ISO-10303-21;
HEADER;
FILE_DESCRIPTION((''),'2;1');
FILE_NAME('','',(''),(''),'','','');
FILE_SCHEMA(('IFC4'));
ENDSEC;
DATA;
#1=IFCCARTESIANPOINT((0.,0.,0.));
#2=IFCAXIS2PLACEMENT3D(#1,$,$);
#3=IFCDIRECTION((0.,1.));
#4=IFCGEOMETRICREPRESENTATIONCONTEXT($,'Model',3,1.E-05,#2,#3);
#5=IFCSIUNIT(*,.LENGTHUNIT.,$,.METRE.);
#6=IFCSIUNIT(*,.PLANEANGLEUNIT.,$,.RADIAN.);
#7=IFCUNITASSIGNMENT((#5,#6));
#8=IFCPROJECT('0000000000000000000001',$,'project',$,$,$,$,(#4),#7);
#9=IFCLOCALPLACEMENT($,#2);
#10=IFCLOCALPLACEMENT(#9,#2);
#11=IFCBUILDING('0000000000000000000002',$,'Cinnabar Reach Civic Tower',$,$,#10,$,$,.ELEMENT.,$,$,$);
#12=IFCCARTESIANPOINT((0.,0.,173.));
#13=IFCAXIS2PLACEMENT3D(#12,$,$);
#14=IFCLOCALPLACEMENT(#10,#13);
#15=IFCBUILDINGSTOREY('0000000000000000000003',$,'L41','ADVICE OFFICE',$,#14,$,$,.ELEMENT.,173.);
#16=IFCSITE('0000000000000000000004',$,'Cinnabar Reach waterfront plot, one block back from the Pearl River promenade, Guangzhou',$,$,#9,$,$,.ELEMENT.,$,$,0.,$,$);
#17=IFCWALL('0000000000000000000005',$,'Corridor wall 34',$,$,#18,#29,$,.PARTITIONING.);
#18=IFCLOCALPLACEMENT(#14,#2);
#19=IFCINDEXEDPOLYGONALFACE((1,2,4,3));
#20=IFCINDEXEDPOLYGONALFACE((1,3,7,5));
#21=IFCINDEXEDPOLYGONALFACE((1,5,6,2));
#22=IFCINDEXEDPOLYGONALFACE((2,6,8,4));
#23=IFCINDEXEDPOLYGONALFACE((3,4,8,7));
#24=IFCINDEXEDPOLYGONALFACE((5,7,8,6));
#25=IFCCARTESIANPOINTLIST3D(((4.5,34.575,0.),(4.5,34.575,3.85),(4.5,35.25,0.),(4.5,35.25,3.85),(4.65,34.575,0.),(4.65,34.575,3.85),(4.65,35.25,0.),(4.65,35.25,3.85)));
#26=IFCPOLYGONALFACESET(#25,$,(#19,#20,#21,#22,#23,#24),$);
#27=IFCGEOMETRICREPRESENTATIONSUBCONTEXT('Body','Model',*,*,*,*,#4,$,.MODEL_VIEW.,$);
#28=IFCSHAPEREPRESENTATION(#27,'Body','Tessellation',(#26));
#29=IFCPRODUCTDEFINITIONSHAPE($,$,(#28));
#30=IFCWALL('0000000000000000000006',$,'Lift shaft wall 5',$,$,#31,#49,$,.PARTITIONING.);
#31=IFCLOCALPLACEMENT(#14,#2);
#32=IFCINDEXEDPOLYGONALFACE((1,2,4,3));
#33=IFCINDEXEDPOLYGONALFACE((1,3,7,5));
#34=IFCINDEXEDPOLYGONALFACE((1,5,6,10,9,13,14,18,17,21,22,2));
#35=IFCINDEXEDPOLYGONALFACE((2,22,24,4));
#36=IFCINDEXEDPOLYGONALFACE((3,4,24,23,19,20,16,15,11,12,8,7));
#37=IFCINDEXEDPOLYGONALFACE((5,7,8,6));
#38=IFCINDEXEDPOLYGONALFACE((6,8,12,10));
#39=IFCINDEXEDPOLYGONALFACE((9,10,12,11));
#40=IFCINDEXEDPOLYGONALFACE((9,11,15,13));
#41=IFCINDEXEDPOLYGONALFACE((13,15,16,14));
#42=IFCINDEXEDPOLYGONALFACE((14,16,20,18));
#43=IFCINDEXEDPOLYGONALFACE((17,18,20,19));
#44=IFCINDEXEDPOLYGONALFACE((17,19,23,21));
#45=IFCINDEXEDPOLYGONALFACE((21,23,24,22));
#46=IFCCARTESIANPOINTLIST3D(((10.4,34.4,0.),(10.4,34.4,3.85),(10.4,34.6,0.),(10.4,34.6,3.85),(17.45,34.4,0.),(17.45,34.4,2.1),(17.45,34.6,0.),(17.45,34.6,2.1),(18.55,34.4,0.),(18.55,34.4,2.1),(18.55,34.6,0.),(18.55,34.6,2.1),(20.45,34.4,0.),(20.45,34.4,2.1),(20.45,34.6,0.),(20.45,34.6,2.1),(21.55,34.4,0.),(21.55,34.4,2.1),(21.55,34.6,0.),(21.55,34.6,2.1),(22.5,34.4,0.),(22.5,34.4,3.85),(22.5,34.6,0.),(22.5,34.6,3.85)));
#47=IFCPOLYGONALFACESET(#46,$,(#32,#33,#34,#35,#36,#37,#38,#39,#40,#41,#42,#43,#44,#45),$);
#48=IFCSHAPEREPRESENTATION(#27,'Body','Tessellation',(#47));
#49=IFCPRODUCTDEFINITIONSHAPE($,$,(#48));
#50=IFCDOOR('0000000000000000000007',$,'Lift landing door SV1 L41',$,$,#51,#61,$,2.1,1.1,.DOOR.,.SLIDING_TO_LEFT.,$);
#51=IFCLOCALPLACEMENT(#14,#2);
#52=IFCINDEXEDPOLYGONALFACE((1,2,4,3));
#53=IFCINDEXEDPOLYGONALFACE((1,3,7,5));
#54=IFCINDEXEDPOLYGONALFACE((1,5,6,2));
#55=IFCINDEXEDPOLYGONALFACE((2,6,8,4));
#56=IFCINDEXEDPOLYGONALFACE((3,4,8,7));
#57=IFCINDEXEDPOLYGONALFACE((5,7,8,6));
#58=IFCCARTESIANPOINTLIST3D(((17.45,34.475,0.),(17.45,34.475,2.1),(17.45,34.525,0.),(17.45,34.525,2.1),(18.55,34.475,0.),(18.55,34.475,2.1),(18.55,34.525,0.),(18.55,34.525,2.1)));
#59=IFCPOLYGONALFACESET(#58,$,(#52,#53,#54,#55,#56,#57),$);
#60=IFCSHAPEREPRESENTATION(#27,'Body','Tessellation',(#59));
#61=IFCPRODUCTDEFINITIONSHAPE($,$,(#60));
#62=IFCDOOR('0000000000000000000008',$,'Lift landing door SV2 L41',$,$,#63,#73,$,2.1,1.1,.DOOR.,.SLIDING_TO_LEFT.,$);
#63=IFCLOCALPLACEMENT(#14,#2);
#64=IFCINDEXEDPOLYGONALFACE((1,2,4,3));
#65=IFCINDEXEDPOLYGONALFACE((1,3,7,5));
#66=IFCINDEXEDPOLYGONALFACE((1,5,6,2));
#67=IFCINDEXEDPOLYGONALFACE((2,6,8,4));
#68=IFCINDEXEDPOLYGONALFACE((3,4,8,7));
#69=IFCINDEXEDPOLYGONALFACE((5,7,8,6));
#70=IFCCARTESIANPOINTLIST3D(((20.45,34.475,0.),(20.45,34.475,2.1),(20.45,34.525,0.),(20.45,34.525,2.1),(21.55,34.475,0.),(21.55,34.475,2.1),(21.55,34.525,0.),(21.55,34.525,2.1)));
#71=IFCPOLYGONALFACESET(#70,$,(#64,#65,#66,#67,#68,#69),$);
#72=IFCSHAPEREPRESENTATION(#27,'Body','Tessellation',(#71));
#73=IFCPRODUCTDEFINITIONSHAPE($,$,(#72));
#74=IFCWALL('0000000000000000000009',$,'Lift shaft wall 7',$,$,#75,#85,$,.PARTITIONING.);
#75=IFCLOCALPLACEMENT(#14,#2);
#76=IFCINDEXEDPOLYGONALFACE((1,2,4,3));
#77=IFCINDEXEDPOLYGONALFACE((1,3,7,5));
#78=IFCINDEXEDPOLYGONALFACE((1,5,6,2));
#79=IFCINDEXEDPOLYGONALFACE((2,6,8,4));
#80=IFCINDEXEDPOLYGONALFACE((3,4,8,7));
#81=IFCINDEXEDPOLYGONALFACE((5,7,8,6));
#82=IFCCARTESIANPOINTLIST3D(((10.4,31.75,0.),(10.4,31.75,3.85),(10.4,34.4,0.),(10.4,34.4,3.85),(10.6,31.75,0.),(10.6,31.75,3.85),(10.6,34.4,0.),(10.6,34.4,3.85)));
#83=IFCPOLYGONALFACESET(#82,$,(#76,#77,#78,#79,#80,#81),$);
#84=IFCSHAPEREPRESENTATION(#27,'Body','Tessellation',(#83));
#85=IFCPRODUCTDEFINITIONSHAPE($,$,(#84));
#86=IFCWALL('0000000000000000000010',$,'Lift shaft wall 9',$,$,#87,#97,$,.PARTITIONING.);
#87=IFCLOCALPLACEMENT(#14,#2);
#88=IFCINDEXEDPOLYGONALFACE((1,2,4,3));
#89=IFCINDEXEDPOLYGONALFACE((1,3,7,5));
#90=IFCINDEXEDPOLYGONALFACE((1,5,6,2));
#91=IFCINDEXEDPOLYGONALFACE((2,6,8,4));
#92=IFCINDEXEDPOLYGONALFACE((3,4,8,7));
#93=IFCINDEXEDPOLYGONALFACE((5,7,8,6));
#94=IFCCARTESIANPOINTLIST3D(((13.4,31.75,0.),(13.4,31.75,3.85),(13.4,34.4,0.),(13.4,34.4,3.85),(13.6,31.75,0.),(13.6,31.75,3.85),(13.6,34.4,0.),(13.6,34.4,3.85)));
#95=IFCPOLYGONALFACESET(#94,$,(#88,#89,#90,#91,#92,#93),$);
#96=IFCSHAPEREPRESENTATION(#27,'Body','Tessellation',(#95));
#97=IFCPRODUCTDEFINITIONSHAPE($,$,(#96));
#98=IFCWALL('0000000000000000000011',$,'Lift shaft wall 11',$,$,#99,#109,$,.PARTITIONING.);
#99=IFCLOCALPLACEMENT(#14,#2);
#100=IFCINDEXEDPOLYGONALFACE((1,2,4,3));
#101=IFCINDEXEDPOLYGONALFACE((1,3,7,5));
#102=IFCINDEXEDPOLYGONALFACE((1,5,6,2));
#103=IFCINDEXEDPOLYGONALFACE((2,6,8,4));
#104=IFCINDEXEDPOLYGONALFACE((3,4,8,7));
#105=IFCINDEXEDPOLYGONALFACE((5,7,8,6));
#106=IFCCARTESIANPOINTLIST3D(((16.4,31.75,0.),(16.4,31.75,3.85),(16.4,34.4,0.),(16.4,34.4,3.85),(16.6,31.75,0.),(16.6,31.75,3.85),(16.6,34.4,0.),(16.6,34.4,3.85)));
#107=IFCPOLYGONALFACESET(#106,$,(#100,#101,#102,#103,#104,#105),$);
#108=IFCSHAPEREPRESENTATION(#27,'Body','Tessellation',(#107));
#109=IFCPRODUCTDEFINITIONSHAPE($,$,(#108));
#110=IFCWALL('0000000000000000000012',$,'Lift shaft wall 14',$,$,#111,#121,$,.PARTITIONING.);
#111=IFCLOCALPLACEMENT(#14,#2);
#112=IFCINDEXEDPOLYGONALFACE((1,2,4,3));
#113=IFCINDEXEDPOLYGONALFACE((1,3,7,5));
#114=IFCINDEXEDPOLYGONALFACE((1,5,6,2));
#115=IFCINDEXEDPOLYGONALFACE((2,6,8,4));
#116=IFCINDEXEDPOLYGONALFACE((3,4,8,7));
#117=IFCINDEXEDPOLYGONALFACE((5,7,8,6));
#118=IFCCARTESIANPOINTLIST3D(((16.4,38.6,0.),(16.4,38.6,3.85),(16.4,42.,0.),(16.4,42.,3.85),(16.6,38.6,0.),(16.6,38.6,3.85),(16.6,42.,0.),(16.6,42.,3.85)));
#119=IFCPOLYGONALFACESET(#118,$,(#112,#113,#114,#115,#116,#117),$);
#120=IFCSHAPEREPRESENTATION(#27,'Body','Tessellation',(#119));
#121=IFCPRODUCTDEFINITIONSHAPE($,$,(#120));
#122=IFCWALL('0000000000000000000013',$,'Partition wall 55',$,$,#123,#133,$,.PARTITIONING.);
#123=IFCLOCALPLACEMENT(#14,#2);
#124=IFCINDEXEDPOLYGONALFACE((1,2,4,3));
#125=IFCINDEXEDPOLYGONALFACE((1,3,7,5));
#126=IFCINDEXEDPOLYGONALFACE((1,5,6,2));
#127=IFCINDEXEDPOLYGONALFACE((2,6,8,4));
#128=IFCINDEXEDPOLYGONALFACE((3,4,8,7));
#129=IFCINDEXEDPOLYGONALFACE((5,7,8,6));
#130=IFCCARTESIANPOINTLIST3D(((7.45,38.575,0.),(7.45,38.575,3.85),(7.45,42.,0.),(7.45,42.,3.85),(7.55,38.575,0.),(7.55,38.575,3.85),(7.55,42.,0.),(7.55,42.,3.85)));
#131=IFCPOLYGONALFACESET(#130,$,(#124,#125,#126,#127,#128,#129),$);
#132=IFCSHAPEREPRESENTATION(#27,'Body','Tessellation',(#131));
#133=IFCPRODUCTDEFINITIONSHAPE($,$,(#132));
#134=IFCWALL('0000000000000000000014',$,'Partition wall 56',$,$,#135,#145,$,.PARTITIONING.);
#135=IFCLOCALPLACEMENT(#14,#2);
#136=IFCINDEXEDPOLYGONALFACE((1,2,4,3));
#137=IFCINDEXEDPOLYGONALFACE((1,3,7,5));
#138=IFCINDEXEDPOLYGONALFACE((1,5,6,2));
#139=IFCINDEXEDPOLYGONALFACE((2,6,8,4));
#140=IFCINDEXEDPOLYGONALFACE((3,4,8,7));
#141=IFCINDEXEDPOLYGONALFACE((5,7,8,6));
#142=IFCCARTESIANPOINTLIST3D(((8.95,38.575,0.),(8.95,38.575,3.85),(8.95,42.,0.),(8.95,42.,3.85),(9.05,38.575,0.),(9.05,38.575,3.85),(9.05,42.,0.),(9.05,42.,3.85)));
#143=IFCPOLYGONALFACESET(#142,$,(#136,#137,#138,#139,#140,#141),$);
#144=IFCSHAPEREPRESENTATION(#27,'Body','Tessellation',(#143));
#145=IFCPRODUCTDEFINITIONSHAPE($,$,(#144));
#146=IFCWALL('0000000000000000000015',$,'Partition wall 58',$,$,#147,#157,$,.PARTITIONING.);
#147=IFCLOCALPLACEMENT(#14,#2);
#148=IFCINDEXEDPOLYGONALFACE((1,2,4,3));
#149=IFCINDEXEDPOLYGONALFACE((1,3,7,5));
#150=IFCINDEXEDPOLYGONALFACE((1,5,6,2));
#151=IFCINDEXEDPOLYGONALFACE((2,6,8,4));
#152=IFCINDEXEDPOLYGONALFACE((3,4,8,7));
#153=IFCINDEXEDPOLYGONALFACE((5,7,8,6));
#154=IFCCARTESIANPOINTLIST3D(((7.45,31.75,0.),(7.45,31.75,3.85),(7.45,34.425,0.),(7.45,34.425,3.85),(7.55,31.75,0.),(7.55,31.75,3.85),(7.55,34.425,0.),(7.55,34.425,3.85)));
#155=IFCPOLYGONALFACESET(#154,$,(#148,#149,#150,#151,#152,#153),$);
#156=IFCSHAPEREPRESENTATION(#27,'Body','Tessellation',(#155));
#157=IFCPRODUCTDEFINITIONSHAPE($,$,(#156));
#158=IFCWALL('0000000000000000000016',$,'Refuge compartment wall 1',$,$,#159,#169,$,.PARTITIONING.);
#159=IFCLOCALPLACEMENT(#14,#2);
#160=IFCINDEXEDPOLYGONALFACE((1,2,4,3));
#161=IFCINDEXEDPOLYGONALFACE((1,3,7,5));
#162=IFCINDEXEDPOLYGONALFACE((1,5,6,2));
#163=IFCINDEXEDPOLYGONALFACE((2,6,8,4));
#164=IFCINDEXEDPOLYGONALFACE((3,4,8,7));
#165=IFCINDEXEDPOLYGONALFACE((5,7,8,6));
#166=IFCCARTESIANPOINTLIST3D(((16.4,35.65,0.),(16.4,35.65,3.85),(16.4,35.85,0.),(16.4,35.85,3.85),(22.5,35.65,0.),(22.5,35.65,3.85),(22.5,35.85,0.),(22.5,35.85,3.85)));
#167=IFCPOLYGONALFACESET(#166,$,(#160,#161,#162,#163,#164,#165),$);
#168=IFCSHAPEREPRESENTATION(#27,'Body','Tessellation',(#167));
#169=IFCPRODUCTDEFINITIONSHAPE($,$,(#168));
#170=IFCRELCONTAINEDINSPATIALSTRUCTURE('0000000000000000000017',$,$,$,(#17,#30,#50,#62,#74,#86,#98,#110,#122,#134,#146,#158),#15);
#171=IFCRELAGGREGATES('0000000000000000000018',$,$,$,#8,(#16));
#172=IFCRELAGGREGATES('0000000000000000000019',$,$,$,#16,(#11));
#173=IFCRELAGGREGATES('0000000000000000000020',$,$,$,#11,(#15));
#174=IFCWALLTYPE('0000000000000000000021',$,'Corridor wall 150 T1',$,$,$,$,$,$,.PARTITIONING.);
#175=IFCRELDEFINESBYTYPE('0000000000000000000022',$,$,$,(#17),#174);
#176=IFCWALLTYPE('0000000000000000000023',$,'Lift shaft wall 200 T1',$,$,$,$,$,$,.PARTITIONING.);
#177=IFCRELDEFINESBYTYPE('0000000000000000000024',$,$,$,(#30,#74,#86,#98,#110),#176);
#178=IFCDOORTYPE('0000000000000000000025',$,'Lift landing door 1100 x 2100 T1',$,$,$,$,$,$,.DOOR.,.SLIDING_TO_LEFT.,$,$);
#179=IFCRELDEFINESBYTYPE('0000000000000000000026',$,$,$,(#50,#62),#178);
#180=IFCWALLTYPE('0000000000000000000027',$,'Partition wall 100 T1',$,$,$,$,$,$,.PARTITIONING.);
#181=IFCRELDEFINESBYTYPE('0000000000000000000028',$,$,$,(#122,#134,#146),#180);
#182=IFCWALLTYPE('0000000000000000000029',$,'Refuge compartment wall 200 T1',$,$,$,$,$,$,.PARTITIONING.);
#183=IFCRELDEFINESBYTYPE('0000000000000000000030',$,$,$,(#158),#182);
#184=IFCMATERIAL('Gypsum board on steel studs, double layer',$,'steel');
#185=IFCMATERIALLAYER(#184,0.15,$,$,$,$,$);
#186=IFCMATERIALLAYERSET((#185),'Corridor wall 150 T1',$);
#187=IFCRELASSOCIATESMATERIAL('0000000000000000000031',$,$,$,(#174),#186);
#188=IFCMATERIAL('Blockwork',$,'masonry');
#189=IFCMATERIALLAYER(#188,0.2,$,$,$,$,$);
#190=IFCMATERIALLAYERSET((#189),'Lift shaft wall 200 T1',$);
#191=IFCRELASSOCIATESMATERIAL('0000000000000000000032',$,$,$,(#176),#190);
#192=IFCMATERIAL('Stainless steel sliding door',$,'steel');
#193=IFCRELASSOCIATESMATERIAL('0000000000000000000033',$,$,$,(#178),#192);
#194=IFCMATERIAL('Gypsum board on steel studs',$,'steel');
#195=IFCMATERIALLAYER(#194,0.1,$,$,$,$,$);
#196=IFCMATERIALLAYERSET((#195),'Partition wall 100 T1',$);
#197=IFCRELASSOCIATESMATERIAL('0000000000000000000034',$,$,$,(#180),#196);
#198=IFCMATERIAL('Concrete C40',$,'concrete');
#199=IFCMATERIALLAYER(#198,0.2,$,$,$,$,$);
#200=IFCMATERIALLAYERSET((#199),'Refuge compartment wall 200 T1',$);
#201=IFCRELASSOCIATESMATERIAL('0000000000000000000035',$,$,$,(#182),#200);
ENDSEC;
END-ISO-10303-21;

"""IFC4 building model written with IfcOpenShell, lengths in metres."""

from ifc_helpers import new_model, si_unit, direction, frame, frame_2d, origin, place, context, subcontext, project, spatial, rectangle, extrude, material, layer, layer_set, type_object, element, fill, save


model = new_model("IFC4")

# Units and contexts
model_context = context("Model", 3, precision=1e-05, world=origin(), true_north=direction((0.0, 1.0)))
body_context = subcontext(model_context, "Body", "Model", "MODEL_VIEW")
ifc_project = project(units=[si_unit("LENGTHUNIT", "METRE"), si_unit("PLANEANGLEUNIT", "RADIAN")], contexts=[model_context])

# Site, building, storey
site_placement = place(None, origin())
site = spatial("IfcSite", under=ifc_project, at=site_placement, Name="Cinnabar Reach waterfront plot, one block back from the Pearl River promenade, Guangzhou", CompositionType="ELEMENT", RefElevation=0.0)
building_placement = place(site_placement, origin())
building = spatial("IfcBuilding", under=site, at=building_placement, Name="Cinnabar Reach Civic Tower", CompositionType="ELEMENT")
storey_placement = place(building_placement, frame((0.0, 0.0, 173.0)))
storey = spatial("IfcBuildingStorey", under=building, at=storey_placement, Name="L41", Description="ADVICE OFFICE", CompositionType="ELEMENT", Elevation=173.0)

# Wall
ifc_material_1 = material(Name="Gypsum board on steel studs, double layer", Category="steel")
ifc_layer_1 = layer(ifc_material_1, 0.15)
ifc_layer_set_1 = layer_set([ifc_layer_1], Name="Corridor wall 150 T1")
wall_type_1 = type_object("IfcWallType", Name="Corridor wall 150 T1", PredefinedType="PARTITIONING", material=ifc_layer_set_1)
wall_1_placement = place(storey_placement, frame((4.575, 34.575, 0.0), z_axis=(0.0, 0.0, 1.0), x_axis=(0.0, 1.0, 0.0)))
element("IfcWall", 1, at=wall_1_placement, inside=storey, type_object=wall_type_1, Name="Corridor wall 34", PredefinedType="PARTITIONING", context=body_context, shape_type="SweptSolid", body=[
    extrude(rectangle(XDim=0.675, YDim=0.15, at=frame_2d((0.3375, 0.0))), origin(), (0.0, 0.0, 1.0), 3.85),
])

# Wall, openings, doors
ifc_material_2 = material(Name="Blockwork", Category="masonry")
ifc_layer_2 = layer(ifc_material_2, 0.2)
ifc_layer_set_2 = layer_set([ifc_layer_2], Name="Lift shaft wall 200 T1")
wall_type_2 = type_object("IfcWallType", Name="Lift shaft wall 200 T1", PredefinedType="PARTITIONING", material=ifc_layer_set_2)
wall_2_placement = place(storey_placement, frame((10.4, 34.5, 0.0), z_axis=(0.0, 0.0, 1.0), x_axis=(1.0, 0.0, 0.0)))
wall_2 = element("IfcWall", 2, at=wall_2_placement, inside=storey, type_object=wall_type_2, Name="Lift shaft wall 5", PredefinedType="PARTITIONING", context=body_context, shape_type="SweptSolid", body=[
    extrude(rectangle(XDim=12.1, YDim=0.2, at=frame_2d((6.05, 0.0))), origin(), (0.0, 0.0, 1.0), 3.85),
])
opening_1_placement = place(wall_2_placement, frame((7.05, 0.0, 0.0)))
opening_1 = element("IfcOpeningElement", 3, at=opening_1_placement, cuts=wall_2, PredefinedType="OPENING", context=body_context, shape_type="SweptSolid", body=[
    extrude(rectangle(XDim=1.1, YDim=2.1, at=frame_2d((0.55, 1.05))), frame((0.0, 0.11, 0.0), z_axis=(0.0, -1.0, 0.0), x_axis=(1.0, 0.0, 0.0)), (0.0, 0.0, 1.0), 0.22),
])
opening_2_placement = place(wall_2_placement, frame((10.05, 0.0, 0.0)))
opening_2 = element("IfcOpeningElement", 4, at=opening_2_placement, cuts=wall_2, PredefinedType="OPENING", context=body_context, shape_type="SweptSolid", body=[
    extrude(rectangle(XDim=1.1, YDim=2.1, at=frame_2d((0.55, 1.05))), frame((0.0, 0.11, 0.0), z_axis=(0.0, -1.0, 0.0), x_axis=(1.0, 0.0, 0.0)), (0.0, 0.0, 1.0), 0.22),
])
ifc_material_3 = material(Name="Stainless steel sliding door", Category="steel")
door_type_1 = type_object("IfcDoorType", Name="Lift landing door 1100 x 2100 T1", OperationType="SLIDING_TO_LEFT", PredefinedType="DOOR", material=ifc_material_3)
door_1_placement = place(opening_1_placement, origin())
door_1 = element("IfcDoor", 5, at=door_1_placement, inside=storey, type_object=door_type_1, Name="Lift landing door SV1 L41", OperationType="SLIDING_TO_LEFT", OverallHeight=2.1, OverallWidth=1.1, PredefinedType="DOOR", context=body_context, shape_type="SweptSolid", body=[
    extrude(rectangle(XDim=1.1, YDim=2.1, at=frame_2d((0.55, 1.05))), frame((0.0, 0.025, 0.0), z_axis=(0.0, -1.0, 0.0), x_axis=(1.0, 0.0, 0.0)), (0.0, 0.0, 1.0), 0.05),
])
fill(opening_1, door_1)
door_2_placement = place(opening_2_placement, origin())
door_2 = element("IfcDoor", 6, at=door_2_placement, inside=storey, type_object=door_type_1, Name="Lift landing door SV2 L41", OperationType="SLIDING_TO_LEFT", OverallHeight=2.1, OverallWidth=1.1, PredefinedType="DOOR", context=body_context, shape_type="SweptSolid", body=[
    extrude(rectangle(XDim=1.1, YDim=2.1, at=frame_2d((0.55, 1.05))), frame((0.0, 0.025, 0.0), z_axis=(0.0, -1.0, 0.0), x_axis=(1.0, 0.0, 0.0)), (0.0, 0.0, 1.0), 0.05),
])
fill(opening_2, door_2)

# Walls
for number, where, z_axis, x_axis, name in (
    (7, (10.5, 31.75, 0.0), (0.0, 0.0, 1.0), (0.0, 1.0, 0.0), "Lift shaft wall 7"),
    (8, (13.5, 31.75, 0.0), (0.0, 0.0, 1.0), (0.0, 1.0, 0.0), "Lift shaft wall 9"),
    (9, (16.5, 31.75, 0.0), (0.0, 0.0, 1.0), (0.0, 1.0, 0.0), "Lift shaft wall 11"),
):
    element("IfcWall", number, at=place(storey_placement, frame(where, z_axis=z_axis, x_axis=x_axis)), inside=storey, type_object=wall_type_2, Name=name, PredefinedType="PARTITIONING", context=body_context, shape_type="SweptSolid", body=[
        extrude(rectangle(XDim=2.65, YDim=0.2, at=frame_2d((1.325, 0.0))), origin(), (0.0, 0.0, 1.0), 3.85),
    ])
wall_3_placement = place(storey_placement, frame((16.5, 38.6, 0.0), z_axis=(0.0, 0.0, 1.0), x_axis=(0.0, 1.0, 0.0)))
element("IfcWall", 10, at=wall_3_placement, inside=storey, type_object=wall_type_2, Name="Lift shaft wall 14", PredefinedType="PARTITIONING", context=body_context, shape_type="SweptSolid", body=[
    extrude(rectangle(XDim=3.4, YDim=0.2, at=frame_2d((1.7, 0.0))), origin(), (0.0, 0.0, 1.0), 3.85),
])
ifc_material_4 = material(Name="Gypsum board on steel studs", Category="steel")
ifc_layer_3 = layer(ifc_material_4, 0.1)
ifc_layer_set_3 = layer_set([ifc_layer_3], Name="Partition wall 100 T1")
wall_type_3 = type_object("IfcWallType", Name="Partition wall 100 T1", PredefinedType="PARTITIONING", material=ifc_layer_set_3)
for number, where, z_axis, x_axis, name in (
    (11, (7.5, 38.575, 0.0), (0.0, 0.0, 1.0), (0.0, 1.0, 0.0), "Partition wall 55"),
    (12, (9.0, 38.575, 0.0), (0.0, 0.0, 1.0), (0.0, 1.0, 0.0), "Partition wall 56"),
):
    element("IfcWall", number, at=place(storey_placement, frame(where, z_axis=z_axis, x_axis=x_axis)), inside=storey, type_object=wall_type_3, Name=name, PredefinedType="PARTITIONING", context=body_context, shape_type="SweptSolid", body=[
        extrude(rectangle(XDim=3.425, YDim=0.1, at=frame_2d((1.7125, 0.0))), origin(), (0.0, 0.0, 1.0), 3.85),
    ])
wall_4_placement = place(storey_placement, frame((7.5, 31.75, 0.0), z_axis=(0.0, 0.0, 1.0), x_axis=(0.0, 1.0, 0.0)))
element("IfcWall", 13, at=wall_4_placement, inside=storey, type_object=wall_type_3, Name="Partition wall 58", PredefinedType="PARTITIONING", context=body_context, shape_type="SweptSolid", body=[
    extrude(rectangle(XDim=2.675, YDim=0.1, at=frame_2d((1.3375, 0.0))), origin(), (0.0, 0.0, 1.0), 3.85),
])
ifc_material_5 = material(Name="Concrete C40", Category="concrete")
ifc_layer_4 = layer(ifc_material_5, 0.2)
ifc_layer_set_4 = layer_set([ifc_layer_4], Name="Refuge compartment wall 200 T1")
wall_type_4 = type_object("IfcWallType", Name="Refuge compartment wall 200 T1", PredefinedType="PARTITIONING", material=ifc_layer_set_4)
wall_5_placement = place(storey_placement, frame((16.4, 35.75, 0.0), z_axis=(0.0, 0.0, 1.0), x_axis=(1.0, 0.0, 0.0)))
element("IfcWall", 14, at=wall_5_placement, inside=storey, type_object=wall_type_4, Name="Refuge compartment wall 1", PredefinedType="PARTITIONING", context=body_context, shape_type="SweptSolid", body=[
    extrude(rectangle(XDim=6.1, YDim=0.2, at=frame_2d((3.05, 0.0))), origin(), (0.0, 0.0, 1.0), 3.85),
])

save(model, "model.ifc")
